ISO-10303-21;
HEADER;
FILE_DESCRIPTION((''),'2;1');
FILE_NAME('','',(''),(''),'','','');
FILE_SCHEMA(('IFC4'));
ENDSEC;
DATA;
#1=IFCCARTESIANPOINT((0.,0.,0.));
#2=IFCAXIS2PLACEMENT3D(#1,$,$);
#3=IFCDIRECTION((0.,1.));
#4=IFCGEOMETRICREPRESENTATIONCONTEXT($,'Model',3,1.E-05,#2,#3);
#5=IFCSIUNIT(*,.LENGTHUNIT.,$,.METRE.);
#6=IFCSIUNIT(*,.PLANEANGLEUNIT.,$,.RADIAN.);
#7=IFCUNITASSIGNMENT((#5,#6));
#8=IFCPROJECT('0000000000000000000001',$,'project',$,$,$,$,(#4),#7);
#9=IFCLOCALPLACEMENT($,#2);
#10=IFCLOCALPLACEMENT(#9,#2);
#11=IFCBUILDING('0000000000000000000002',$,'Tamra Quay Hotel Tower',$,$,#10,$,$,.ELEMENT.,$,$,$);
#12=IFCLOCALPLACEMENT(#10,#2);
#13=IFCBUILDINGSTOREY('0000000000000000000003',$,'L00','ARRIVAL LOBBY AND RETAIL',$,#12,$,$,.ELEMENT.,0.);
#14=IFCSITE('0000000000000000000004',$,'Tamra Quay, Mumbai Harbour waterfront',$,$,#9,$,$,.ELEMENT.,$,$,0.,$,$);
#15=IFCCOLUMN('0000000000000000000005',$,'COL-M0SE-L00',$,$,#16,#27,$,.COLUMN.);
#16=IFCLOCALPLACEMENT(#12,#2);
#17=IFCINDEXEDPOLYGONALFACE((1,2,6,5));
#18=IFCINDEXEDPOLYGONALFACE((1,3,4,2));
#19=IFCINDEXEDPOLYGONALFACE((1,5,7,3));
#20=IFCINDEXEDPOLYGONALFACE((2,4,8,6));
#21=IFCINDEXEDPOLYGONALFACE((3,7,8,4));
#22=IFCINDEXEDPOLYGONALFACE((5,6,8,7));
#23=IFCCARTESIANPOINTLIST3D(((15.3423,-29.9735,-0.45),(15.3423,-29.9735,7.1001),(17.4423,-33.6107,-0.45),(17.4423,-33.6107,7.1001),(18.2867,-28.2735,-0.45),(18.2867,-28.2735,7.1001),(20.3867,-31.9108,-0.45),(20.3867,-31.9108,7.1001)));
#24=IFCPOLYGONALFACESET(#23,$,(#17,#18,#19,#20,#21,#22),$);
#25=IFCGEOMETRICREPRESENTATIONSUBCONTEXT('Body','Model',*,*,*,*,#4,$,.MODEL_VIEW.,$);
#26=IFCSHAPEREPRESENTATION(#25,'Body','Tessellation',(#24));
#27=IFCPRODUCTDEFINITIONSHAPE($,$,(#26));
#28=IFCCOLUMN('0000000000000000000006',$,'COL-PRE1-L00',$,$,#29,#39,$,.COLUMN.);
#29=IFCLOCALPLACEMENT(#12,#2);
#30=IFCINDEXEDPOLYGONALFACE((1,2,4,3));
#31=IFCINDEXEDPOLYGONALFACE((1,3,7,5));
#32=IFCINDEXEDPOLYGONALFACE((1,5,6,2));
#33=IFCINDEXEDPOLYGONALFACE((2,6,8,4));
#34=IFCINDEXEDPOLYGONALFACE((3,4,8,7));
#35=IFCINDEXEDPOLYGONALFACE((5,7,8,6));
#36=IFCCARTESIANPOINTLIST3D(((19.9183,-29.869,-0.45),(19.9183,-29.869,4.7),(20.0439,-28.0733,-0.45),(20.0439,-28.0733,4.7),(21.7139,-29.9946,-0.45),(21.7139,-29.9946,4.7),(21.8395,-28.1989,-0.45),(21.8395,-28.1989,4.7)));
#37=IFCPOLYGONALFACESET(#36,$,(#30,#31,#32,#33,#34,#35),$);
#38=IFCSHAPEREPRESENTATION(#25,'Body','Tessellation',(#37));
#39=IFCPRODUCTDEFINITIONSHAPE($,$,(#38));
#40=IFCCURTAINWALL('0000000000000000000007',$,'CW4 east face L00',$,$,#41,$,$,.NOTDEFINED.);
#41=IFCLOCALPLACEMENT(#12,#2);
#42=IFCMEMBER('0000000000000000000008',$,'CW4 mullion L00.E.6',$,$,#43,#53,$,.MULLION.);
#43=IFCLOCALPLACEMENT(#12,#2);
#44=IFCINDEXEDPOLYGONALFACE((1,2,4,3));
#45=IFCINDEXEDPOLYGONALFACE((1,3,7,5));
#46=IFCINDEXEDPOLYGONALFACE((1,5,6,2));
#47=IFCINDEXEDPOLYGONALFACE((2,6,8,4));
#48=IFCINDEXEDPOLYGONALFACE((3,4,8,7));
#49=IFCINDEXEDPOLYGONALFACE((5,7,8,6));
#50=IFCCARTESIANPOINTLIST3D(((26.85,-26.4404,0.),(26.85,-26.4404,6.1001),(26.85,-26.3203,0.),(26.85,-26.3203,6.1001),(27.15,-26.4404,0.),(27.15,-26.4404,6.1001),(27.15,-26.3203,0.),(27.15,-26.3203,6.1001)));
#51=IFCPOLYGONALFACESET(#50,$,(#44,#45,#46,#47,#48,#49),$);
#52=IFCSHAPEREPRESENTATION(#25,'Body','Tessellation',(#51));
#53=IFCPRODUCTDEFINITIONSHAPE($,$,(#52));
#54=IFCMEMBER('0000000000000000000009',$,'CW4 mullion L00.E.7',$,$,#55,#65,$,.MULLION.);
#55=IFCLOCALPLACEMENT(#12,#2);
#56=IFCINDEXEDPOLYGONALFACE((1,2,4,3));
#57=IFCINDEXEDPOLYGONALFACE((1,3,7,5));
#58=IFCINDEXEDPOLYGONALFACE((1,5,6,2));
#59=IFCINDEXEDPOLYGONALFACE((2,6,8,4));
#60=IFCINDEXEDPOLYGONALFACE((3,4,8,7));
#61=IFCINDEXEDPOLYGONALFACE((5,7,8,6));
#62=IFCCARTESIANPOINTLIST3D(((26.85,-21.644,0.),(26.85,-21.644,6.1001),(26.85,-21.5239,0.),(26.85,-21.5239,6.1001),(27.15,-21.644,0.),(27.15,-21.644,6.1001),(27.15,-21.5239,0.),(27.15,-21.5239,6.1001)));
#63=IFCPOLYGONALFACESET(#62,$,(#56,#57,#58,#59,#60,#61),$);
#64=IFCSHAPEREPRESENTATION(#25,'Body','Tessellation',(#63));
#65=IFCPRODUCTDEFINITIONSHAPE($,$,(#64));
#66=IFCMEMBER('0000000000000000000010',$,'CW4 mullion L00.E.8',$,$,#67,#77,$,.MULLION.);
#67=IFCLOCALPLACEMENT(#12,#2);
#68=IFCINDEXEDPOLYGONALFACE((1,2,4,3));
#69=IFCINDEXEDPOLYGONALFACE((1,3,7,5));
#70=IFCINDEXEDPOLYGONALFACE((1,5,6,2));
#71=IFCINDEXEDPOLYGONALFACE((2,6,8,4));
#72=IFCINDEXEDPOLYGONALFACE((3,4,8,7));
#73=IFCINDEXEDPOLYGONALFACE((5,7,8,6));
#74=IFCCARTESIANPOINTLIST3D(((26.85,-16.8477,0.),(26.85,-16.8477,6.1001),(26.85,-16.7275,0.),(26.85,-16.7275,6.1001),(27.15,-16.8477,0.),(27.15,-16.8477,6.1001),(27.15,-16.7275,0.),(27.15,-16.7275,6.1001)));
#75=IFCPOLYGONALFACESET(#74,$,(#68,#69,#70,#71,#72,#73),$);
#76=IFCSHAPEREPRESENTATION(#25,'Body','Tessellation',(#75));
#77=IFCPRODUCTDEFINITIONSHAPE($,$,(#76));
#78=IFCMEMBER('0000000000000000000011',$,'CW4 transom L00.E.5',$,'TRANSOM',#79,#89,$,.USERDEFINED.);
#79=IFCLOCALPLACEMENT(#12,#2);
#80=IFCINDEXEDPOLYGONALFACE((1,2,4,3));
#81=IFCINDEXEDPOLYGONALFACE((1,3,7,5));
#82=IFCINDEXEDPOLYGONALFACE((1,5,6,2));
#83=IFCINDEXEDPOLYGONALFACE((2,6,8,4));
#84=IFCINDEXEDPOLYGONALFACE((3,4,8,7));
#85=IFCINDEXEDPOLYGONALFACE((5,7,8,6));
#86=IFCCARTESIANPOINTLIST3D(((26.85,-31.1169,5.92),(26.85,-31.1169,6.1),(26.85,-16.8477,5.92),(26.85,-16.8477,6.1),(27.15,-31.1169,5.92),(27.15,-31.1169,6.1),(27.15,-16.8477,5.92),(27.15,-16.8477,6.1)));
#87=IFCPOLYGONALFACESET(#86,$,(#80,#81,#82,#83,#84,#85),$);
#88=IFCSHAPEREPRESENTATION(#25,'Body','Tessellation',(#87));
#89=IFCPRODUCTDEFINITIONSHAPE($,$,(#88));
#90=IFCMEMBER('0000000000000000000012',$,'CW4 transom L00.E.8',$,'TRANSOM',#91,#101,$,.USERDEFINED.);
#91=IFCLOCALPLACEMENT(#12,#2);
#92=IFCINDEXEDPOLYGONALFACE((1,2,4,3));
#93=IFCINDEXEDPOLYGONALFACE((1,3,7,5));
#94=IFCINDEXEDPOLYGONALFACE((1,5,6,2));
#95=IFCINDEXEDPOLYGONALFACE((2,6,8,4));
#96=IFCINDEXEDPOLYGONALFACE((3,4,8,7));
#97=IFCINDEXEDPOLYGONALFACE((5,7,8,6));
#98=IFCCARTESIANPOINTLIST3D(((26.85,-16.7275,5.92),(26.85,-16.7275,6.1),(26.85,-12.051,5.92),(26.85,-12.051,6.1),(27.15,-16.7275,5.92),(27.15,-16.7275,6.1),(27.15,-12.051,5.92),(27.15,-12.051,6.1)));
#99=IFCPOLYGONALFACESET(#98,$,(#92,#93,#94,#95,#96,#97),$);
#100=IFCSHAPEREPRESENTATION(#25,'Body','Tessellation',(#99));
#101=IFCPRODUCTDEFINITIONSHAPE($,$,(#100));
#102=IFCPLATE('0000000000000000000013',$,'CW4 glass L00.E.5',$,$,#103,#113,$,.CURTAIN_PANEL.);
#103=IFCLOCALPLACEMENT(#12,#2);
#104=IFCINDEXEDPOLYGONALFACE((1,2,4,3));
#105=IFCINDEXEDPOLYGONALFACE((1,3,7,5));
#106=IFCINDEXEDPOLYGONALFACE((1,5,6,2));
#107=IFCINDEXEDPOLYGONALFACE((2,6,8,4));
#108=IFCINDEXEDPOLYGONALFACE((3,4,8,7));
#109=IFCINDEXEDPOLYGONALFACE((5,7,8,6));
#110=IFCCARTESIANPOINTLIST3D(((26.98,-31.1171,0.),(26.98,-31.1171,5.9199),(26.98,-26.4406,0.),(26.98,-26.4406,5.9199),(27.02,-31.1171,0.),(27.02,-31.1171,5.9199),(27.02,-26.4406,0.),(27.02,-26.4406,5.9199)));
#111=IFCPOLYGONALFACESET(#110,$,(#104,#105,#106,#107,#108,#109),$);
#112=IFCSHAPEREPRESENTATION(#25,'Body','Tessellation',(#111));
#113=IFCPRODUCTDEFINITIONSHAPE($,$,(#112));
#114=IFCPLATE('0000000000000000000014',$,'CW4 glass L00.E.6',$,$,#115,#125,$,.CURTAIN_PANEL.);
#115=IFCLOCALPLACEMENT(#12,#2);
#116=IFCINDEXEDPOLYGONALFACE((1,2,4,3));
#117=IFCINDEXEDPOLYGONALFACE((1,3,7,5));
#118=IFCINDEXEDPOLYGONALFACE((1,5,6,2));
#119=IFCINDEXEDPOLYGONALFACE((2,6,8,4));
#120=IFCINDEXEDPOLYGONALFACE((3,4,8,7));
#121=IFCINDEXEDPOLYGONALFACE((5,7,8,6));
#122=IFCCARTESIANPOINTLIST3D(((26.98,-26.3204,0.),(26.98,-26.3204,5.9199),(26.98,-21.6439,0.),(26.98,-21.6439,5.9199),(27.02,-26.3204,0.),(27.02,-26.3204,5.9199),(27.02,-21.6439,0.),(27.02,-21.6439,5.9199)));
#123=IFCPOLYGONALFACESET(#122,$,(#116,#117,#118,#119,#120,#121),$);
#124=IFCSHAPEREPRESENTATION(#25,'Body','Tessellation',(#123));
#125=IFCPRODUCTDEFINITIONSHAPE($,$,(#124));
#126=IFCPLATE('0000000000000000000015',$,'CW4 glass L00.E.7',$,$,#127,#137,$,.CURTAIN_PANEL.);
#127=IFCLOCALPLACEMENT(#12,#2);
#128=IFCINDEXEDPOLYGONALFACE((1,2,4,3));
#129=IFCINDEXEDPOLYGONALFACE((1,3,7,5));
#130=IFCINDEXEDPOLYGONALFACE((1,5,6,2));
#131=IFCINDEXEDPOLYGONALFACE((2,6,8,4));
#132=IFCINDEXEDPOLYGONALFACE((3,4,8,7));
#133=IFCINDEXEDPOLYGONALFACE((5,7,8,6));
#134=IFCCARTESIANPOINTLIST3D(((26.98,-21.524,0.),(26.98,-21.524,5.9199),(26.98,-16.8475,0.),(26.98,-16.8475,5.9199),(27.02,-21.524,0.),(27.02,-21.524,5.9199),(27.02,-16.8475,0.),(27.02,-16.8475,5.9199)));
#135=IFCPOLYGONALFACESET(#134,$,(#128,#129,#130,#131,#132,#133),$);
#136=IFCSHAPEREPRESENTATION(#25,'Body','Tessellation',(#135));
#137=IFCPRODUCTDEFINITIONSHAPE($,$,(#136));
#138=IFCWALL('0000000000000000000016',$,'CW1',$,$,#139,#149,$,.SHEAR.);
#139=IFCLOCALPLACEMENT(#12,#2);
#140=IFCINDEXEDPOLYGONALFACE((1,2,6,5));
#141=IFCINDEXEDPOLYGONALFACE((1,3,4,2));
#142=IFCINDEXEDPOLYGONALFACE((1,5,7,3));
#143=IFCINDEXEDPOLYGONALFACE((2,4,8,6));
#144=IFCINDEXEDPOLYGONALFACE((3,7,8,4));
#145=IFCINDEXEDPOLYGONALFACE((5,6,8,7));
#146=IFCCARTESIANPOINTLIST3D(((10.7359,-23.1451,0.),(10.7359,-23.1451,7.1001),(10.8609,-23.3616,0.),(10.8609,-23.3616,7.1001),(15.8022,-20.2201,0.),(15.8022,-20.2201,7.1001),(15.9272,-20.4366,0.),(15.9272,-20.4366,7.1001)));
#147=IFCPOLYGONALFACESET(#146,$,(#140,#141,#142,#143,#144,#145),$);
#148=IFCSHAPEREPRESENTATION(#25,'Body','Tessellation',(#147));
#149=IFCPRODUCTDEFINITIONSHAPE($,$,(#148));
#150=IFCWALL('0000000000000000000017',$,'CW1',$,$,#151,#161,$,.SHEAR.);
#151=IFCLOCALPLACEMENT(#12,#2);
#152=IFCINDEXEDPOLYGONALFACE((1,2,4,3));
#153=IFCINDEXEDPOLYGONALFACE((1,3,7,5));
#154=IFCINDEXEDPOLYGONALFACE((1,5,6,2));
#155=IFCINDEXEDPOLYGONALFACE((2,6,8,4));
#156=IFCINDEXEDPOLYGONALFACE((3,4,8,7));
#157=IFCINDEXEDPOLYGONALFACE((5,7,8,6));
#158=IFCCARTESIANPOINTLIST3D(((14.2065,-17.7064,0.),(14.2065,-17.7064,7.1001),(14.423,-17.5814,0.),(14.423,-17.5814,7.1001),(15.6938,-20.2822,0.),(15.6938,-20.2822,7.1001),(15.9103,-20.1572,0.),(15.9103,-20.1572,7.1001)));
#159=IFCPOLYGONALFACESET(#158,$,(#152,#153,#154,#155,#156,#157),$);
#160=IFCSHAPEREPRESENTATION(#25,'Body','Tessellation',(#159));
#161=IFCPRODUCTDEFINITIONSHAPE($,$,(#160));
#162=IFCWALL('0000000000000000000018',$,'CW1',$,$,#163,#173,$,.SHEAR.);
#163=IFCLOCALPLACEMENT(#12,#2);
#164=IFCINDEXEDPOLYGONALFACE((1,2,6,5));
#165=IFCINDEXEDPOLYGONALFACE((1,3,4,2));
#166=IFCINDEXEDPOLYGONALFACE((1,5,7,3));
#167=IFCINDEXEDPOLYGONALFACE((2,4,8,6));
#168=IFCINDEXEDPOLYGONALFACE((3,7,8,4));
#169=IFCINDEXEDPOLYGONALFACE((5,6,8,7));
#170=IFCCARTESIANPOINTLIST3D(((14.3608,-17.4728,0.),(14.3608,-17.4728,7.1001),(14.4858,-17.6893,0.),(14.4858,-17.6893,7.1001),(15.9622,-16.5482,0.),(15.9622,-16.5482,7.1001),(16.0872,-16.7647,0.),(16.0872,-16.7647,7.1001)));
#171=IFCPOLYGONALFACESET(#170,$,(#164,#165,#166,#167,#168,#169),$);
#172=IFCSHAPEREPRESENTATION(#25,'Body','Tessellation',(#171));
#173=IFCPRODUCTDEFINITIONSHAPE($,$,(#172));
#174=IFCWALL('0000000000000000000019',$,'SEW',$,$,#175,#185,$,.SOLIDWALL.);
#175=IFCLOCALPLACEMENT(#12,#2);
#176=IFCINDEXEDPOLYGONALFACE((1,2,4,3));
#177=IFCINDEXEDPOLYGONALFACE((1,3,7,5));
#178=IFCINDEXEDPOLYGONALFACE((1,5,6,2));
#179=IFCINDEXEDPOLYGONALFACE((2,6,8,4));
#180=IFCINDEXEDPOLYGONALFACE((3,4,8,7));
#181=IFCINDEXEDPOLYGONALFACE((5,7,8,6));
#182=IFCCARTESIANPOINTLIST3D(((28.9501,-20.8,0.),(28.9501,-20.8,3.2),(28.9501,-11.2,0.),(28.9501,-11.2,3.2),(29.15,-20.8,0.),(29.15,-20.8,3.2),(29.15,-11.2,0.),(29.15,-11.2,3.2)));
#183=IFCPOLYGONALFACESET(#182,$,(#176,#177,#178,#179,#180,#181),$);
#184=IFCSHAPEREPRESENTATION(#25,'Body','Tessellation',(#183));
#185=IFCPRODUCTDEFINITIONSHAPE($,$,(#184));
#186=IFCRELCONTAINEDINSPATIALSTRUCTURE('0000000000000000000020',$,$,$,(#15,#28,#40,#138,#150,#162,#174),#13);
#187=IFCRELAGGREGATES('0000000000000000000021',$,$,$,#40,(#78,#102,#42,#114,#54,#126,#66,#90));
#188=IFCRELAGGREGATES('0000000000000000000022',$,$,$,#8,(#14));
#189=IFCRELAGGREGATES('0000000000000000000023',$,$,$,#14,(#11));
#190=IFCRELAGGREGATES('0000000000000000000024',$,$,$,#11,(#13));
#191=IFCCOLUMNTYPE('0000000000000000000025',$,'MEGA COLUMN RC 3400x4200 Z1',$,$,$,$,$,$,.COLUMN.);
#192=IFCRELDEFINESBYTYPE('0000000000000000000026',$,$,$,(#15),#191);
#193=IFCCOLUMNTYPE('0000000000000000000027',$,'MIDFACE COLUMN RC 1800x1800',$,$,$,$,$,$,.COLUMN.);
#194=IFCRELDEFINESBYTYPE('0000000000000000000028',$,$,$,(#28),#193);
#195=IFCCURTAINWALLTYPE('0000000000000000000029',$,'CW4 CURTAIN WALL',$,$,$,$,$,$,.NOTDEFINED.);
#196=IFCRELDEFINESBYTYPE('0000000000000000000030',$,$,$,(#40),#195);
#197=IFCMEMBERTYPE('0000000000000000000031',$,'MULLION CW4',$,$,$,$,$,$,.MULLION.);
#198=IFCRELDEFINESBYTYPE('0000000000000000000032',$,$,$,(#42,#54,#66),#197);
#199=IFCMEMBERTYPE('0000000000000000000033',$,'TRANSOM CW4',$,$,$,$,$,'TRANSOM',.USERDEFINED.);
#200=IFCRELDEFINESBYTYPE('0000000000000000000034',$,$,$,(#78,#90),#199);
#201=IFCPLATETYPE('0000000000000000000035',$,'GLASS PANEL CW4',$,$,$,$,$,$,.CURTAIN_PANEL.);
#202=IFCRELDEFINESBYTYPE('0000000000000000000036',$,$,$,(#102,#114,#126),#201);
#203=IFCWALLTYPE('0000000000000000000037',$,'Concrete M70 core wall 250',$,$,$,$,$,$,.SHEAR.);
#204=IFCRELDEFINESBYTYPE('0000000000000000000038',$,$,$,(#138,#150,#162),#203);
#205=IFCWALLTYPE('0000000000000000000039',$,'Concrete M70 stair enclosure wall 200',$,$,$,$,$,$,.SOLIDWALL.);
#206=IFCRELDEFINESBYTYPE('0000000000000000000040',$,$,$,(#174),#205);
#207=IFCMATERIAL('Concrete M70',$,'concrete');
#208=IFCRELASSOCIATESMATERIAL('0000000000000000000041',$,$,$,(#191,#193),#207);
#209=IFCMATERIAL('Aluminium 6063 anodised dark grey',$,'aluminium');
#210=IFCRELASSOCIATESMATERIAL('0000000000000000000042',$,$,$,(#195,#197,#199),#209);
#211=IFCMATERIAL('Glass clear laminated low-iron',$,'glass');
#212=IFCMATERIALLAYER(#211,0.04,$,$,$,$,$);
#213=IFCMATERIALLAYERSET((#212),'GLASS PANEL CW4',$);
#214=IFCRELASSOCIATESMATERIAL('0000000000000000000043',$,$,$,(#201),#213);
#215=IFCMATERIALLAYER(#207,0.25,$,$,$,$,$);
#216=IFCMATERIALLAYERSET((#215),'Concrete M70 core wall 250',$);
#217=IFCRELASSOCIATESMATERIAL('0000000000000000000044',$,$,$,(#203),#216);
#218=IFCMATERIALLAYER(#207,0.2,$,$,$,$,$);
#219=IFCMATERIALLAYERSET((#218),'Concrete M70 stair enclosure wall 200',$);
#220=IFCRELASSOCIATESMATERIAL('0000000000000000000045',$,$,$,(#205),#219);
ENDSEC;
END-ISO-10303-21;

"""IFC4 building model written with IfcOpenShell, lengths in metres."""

from ifc_helpers import new_model, si_unit, direction, frame, frame_2d, origin, origin_2d, place, context, subcontext, project, spatial, rectangle, extrude, material, layer, layer_set, material_profile, profile_set, type_object, element, aggregate, save


model = new_model("IFC4")

# Units and contexts
model_context = context("Model", 3, precision=1e-05, world=origin(), true_north=direction((0.0, 1.0)))
body_context = subcontext(model_context, "Body", "Model", "MODEL_VIEW")
ifc_project = project(units=[si_unit("LENGTHUNIT", "METRE"), si_unit("PLANEANGLEUNIT", "RADIAN")], contexts=[model_context])

# Site, building, storey
site_placement = place(None, origin())
site = spatial("IfcSite", under=ifc_project, at=site_placement, Name="Tamra Quay, Mumbai Harbour waterfront", CompositionType="ELEMENT", RefElevation=0.0)
building_placement = place(site_placement, origin())
building = spatial("IfcBuilding", under=site, at=building_placement, Name="Tamra Quay Hotel Tower", CompositionType="ELEMENT")
storey_placement = place(building_placement, origin())
storey = spatial("IfcBuildingStorey", under=building, at=storey_placement, Name="L00", Description="ARRIVAL LOBBY AND RETAIL", CompositionType="ELEMENT", Elevation=0.0)

# Columns
ifc_material_1 = material(Name="Concrete M70", Category="concrete")
ifc_material_profile_1 = material_profile(ifc_material_1, rectangle(XDim=4.2, YDim=3.3999, at=origin_2d()), Name="MEGA COLUMN RC 3400x4200 Z1")
ifc_profile_set_1 = profile_set([ifc_material_profile_1], Name="Concrete M70")
column_type_1 = type_object("IfcColumnType", Name="MEGA COLUMN RC 3400x4200 Z1", PredefinedType="COLUMN", material=ifc_profile_set_1)
column_1_placement = place(storey_placement, frame((17.8645, -30.9421, -0.45), z_axis=(0.0, 0.0, 1.0), x_axis=(-0.5, 0.866025, 0.0)))
element("IfcColumn", 1, at=column_1_placement, inside=storey, type_object=column_type_1, Name="COL-M0SE-L00", PredefinedType="COLUMN", context=body_context, shape_type="SweptSolid", body=[
    extrude(rectangle(XDim=4.2, YDim=3.3999, at=origin_2d()), origin(), (0.0, 0.0, 1.0), 7.55),
])
ifc_material_profile_2 = material_profile(ifc_material_1, rectangle(XDim=1.8, YDim=1.8, at=origin_2d()), Name="MIDFACE COLUMN RC 1800x1800")
ifc_profile_set_2 = profile_set([ifc_material_profile_2], Name="Concrete M70")
column_type_2 = type_object("IfcColumnType", Name="MIDFACE COLUMN RC 1800x1800", PredefinedType="COLUMN", material=ifc_profile_set_2)
column_2_placement = place(storey_placement, frame((20.8789, -29.0339, -0.45), z_axis=(0.0, 0.0, 1.0), x_axis=(-0.997562, 0.06979, 0.0)))
element("IfcColumn", 2, at=column_2_placement, inside=storey, type_object=column_type_2, Name="COL-PRE1-L00", PredefinedType="COLUMN", context=body_context, shape_type="SweptSolid", body=[
    extrude(rectangle(XDim=1.8, YDim=1.8, at=origin_2d()), origin(), (0.0, 0.0, 1.0), 5.1499),
])

# Curtain wall, members, plates
ifc_material_2 = material(Name="Aluminium 6063 anodised dark grey", Category="aluminium")
curtain_wall_type = type_object("IfcCurtainWallType", Name="CW4 CURTAIN WALL", PredefinedType="NOTDEFINED", material=ifc_material_2)
curtain_wall_placement = place(storey_placement, origin())
curtain_wall = element("IfcCurtainWall", 3, at=curtain_wall_placement, inside=storey, type_object=curtain_wall_type, Name="CW4 east face L00", PredefinedType="NOTDEFINED")
ifc_material_profile_3 = material_profile(ifc_material_2, rectangle(XDim=0.3, YDim=0.1201, at=origin_2d()), Name="MULLION 120X300")
ifc_profile_set_3 = profile_set([ifc_material_profile_3], Name="Aluminium 6063 anodised dark grey")
member_type_1 = type_object("IfcMemberType", Name="MULLION CW4", PredefinedType="MULLION", material=ifc_profile_set_3)
member_1_placement = place(storey_placement, frame((27.0, -26.3804, 0.0), z_axis=(0.0, 0.0, 1.0), x_axis=(1.0, 0.0, 0.0)))
member_1 = element("IfcMember", 4, at=member_1_placement, type_object=member_type_1, Name="CW4 mullion L00.E.6", PredefinedType="MULLION", context=body_context, shape_type="SweptSolid", body=[
    extrude(rectangle(XDim=0.3, YDim=0.1201, at=origin_2d()), origin(), (0.0, 0.0, 1.0), 6.1001),
])
member_2_placement = place(storey_placement, frame((27.0, -21.584, 0.0), z_axis=(0.0, 0.0, 1.0), x_axis=(1.0, 0.0, 0.0)))
member_2 = element("IfcMember", 5, at=member_2_placement, type_object=member_type_1, Name="CW4 mullion L00.E.7", PredefinedType="MULLION", context=body_context, shape_type="SweptSolid", body=[
    extrude(rectangle(XDim=0.3, YDim=0.1201, at=origin_2d()), origin(), (0.0, 0.0, 1.0), 6.1001),
])
member_3_placement = place(storey_placement, frame((27.0, -16.7876, 0.0), z_axis=(0.0, 0.0, 1.0), x_axis=(1.0, 0.0, 0.0)))
member_3 = element("IfcMember", 6, at=member_3_placement, type_object=member_type_1, Name="CW4 mullion L00.E.8", PredefinedType="MULLION", context=body_context, shape_type="SweptSolid", body=[
    extrude(rectangle(XDim=0.3, YDim=0.1201, at=origin_2d()), origin(), (0.0, 0.0, 1.0), 6.1001),
])
ifc_material_profile_4 = material_profile(ifc_material_2, rectangle(XDim=0.3, YDim=0.1799, at=origin_2d()), Name="TRANSOM 300X180")
ifc_profile_set_4 = profile_set([ifc_material_profile_4], Name="Aluminium 6063 anodised dark grey")
member_type_2 = type_object("IfcMemberType", Name="TRANSOM CW4", ElementType="TRANSOM", PredefinedType="USERDEFINED", material=ifc_profile_set_4)
member_4_placement = place(storey_placement, frame((27.0, -31.1169, 6.01), z_axis=(0.0, 1.0, 0.0), x_axis=(-1.0, 0.0, 0.0)))
member_4 = element("IfcMember", 7, at=member_4_placement, type_object=member_type_2, Name="CW4 transom L00.E.5", ObjectType="TRANSOM", PredefinedType="USERDEFINED", context=body_context, shape_type="SweptSolid", body=[
    extrude(rectangle(XDim=0.3, YDim=0.1799, at=origin_2d()), origin(), (0.0, 0.0, 1.0), 14.2693),
])
member_5_placement = place(storey_placement, frame((27.0, -16.7275, 6.01), z_axis=(0.0, 1.0, 0.0), x_axis=(-1.0, 0.0, 0.0)))
member_5 = element("IfcMember", 8, at=member_5_placement, type_object=member_type_2, Name="CW4 transom L00.E.8", ObjectType="TRANSOM", PredefinedType="USERDEFINED", context=body_context, shape_type="SweptSolid", body=[
    extrude(rectangle(XDim=0.3, YDim=0.1799, at=origin_2d()), origin(), (0.0, 0.0, 1.0), 4.6765),
])
ifc_material_3 = material(Name="Glass clear laminated low-iron", Category="glass")
ifc_layer_1 = layer(ifc_material_3, 0.04)
ifc_layer_set_1 = layer_set([ifc_layer_1], Name="GLASS PANEL CW4")
plate_type = type_object("IfcPlateType", Name="GLASS PANEL CW4", PredefinedType="CURTAIN_PANEL", material=ifc_layer_set_1)
plate_1_placement = place(storey_placement, frame((27.0, -28.7788, 0.0), z_axis=(0.0, 0.0, 1.0), x_axis=(0.0, 1.0, 0.0)))
plate_1 = element("IfcPlate", 9, at=plate_1_placement, type_object=plate_type, Name="CW4 glass L00.E.5", PredefinedType="CURTAIN_PANEL", context=body_context, shape_type="SweptSolid", body=[
    extrude(rectangle(XDim=4.6765, YDim=0.04, at=origin_2d()), origin(), (0.0, 0.0, 1.0), 5.9199),
])
plate_2_placement = place(storey_placement, frame((27.0, -23.9822, 0.0), z_axis=(0.0, 0.0, 1.0), x_axis=(0.0, 1.0, 0.0)))
plate_2 = element("IfcPlate", 10, at=plate_2_placement, type_object=plate_type, Name="CW4 glass L00.E.6", PredefinedType="CURTAIN_PANEL", context=body_context, shape_type="SweptSolid", body=[
    extrude(rectangle(XDim=4.6765, YDim=0.04, at=origin_2d()), origin(), (0.0, 0.0, 1.0), 5.9199),
])
plate_3_placement = place(storey_placement, frame((27.0, -19.1858, 0.0), z_axis=(0.0, 0.0, 1.0), x_axis=(0.0, 1.0, 0.0)))
plate_3 = element("IfcPlate", 11, at=plate_3_placement, type_object=plate_type, Name="CW4 glass L00.E.7", PredefinedType="CURTAIN_PANEL", context=body_context, shape_type="SweptSolid", body=[
    extrude(rectangle(XDim=4.6765, YDim=0.04, at=origin_2d()), origin(), (0.0, 0.0, 1.0), 5.9199),
])
aggregate(curtain_wall, [member_4, plate_1, member_1, plate_2, member_2, plate_3, member_3, member_5])

# Walls
ifc_layer_2 = layer(ifc_material_1, 0.25)
ifc_layer_set_2 = layer_set([ifc_layer_2], Name="Concrete M70 core wall 250")
wall_type_1 = type_object("IfcWallType", Name="Concrete M70 core wall 250", PredefinedType="SHEAR", material=ifc_layer_set_2)
wall_1_placement = place(storey_placement, frame((15.8647, -20.3284, 0.0), z_axis=(0.0, 0.0, 1.0), x_axis=(-0.866029, -0.499995, 0.0)))
element("IfcWall", 12, at=wall_1_placement, inside=storey, type_object=wall_type_1, Name="CW1", PredefinedType="SHEAR", context=body_context, shape_type="SweptSolid", body=[
    extrude(rectangle(XDim=5.8501, YDim=0.25, at=frame_2d((2.925, 0.0))), origin(), (0.0, 0.0, 1.0), 7.1001),
])
wall_2_placement = place(storey_placement, frame((14.3147, -17.6438, 0.0), z_axis=(0.0, 0.0, 1.0), x_axis=(0.500023, -0.866012, 0.0)))
element("IfcWall", 13, at=wall_2_placement, inside=storey, type_object=wall_type_1, Name="CW1", PredefinedType="SHEAR", context=body_context, shape_type="SweptSolid", body=[
    extrude(rectangle(XDim=2.9744, YDim=0.25, at=frame_2d((1.4873, 0.0))), origin(), (0.0, 0.0, 1.0), 7.1001),
])
wall_3_placement = place(storey_placement, frame((16.0247, -16.6565, 0.0), z_axis=(0.0, 0.0, 1.0), x_axis=(-0.866016, -0.500016, 0.0)))
element("IfcWall", 14, at=wall_3_placement, inside=storey, type_object=wall_type_1, Name="CW1", PredefinedType="SHEAR", context=body_context, shape_type="SweptSolid", body=[
    extrude(rectangle(XDim=1.8491, YDim=0.25, at=frame_2d((0.9246, 0.0))), origin(), (0.0, 0.0, 1.0), 7.1001),
])
ifc_layer_3 = layer(ifc_material_1, 0.2)
ifc_layer_set_3 = layer_set([ifc_layer_3], Name="Concrete M70 stair enclosure wall 200")
wall_type_2 = type_object("IfcWallType", Name="Concrete M70 stair enclosure wall 200", PredefinedType="SOLIDWALL", material=ifc_layer_set_3)
for number, where, z_axis, x_axis, name in (
    (15, (29.05, -20.8, 0.0), (0.0, 0.0, 1.0), (0.0, 1.0, 0.0), "SEW"),
):
    element("IfcWall", number, at=place(storey_placement, frame(where, z_axis=z_axis, x_axis=x_axis)), inside=storey, type_object=wall_type_2, Name=name, PredefinedType="SOLIDWALL", context=body_context, shape_type="SweptSolid", body=[
        extrude(rectangle(XDim=9.6001, YDim=0.2, at=frame_2d((4.8, 0.0))), origin(), (0.0, 0.0, 1.0), 3.2),
    ])

save(model, "model.ifc")
